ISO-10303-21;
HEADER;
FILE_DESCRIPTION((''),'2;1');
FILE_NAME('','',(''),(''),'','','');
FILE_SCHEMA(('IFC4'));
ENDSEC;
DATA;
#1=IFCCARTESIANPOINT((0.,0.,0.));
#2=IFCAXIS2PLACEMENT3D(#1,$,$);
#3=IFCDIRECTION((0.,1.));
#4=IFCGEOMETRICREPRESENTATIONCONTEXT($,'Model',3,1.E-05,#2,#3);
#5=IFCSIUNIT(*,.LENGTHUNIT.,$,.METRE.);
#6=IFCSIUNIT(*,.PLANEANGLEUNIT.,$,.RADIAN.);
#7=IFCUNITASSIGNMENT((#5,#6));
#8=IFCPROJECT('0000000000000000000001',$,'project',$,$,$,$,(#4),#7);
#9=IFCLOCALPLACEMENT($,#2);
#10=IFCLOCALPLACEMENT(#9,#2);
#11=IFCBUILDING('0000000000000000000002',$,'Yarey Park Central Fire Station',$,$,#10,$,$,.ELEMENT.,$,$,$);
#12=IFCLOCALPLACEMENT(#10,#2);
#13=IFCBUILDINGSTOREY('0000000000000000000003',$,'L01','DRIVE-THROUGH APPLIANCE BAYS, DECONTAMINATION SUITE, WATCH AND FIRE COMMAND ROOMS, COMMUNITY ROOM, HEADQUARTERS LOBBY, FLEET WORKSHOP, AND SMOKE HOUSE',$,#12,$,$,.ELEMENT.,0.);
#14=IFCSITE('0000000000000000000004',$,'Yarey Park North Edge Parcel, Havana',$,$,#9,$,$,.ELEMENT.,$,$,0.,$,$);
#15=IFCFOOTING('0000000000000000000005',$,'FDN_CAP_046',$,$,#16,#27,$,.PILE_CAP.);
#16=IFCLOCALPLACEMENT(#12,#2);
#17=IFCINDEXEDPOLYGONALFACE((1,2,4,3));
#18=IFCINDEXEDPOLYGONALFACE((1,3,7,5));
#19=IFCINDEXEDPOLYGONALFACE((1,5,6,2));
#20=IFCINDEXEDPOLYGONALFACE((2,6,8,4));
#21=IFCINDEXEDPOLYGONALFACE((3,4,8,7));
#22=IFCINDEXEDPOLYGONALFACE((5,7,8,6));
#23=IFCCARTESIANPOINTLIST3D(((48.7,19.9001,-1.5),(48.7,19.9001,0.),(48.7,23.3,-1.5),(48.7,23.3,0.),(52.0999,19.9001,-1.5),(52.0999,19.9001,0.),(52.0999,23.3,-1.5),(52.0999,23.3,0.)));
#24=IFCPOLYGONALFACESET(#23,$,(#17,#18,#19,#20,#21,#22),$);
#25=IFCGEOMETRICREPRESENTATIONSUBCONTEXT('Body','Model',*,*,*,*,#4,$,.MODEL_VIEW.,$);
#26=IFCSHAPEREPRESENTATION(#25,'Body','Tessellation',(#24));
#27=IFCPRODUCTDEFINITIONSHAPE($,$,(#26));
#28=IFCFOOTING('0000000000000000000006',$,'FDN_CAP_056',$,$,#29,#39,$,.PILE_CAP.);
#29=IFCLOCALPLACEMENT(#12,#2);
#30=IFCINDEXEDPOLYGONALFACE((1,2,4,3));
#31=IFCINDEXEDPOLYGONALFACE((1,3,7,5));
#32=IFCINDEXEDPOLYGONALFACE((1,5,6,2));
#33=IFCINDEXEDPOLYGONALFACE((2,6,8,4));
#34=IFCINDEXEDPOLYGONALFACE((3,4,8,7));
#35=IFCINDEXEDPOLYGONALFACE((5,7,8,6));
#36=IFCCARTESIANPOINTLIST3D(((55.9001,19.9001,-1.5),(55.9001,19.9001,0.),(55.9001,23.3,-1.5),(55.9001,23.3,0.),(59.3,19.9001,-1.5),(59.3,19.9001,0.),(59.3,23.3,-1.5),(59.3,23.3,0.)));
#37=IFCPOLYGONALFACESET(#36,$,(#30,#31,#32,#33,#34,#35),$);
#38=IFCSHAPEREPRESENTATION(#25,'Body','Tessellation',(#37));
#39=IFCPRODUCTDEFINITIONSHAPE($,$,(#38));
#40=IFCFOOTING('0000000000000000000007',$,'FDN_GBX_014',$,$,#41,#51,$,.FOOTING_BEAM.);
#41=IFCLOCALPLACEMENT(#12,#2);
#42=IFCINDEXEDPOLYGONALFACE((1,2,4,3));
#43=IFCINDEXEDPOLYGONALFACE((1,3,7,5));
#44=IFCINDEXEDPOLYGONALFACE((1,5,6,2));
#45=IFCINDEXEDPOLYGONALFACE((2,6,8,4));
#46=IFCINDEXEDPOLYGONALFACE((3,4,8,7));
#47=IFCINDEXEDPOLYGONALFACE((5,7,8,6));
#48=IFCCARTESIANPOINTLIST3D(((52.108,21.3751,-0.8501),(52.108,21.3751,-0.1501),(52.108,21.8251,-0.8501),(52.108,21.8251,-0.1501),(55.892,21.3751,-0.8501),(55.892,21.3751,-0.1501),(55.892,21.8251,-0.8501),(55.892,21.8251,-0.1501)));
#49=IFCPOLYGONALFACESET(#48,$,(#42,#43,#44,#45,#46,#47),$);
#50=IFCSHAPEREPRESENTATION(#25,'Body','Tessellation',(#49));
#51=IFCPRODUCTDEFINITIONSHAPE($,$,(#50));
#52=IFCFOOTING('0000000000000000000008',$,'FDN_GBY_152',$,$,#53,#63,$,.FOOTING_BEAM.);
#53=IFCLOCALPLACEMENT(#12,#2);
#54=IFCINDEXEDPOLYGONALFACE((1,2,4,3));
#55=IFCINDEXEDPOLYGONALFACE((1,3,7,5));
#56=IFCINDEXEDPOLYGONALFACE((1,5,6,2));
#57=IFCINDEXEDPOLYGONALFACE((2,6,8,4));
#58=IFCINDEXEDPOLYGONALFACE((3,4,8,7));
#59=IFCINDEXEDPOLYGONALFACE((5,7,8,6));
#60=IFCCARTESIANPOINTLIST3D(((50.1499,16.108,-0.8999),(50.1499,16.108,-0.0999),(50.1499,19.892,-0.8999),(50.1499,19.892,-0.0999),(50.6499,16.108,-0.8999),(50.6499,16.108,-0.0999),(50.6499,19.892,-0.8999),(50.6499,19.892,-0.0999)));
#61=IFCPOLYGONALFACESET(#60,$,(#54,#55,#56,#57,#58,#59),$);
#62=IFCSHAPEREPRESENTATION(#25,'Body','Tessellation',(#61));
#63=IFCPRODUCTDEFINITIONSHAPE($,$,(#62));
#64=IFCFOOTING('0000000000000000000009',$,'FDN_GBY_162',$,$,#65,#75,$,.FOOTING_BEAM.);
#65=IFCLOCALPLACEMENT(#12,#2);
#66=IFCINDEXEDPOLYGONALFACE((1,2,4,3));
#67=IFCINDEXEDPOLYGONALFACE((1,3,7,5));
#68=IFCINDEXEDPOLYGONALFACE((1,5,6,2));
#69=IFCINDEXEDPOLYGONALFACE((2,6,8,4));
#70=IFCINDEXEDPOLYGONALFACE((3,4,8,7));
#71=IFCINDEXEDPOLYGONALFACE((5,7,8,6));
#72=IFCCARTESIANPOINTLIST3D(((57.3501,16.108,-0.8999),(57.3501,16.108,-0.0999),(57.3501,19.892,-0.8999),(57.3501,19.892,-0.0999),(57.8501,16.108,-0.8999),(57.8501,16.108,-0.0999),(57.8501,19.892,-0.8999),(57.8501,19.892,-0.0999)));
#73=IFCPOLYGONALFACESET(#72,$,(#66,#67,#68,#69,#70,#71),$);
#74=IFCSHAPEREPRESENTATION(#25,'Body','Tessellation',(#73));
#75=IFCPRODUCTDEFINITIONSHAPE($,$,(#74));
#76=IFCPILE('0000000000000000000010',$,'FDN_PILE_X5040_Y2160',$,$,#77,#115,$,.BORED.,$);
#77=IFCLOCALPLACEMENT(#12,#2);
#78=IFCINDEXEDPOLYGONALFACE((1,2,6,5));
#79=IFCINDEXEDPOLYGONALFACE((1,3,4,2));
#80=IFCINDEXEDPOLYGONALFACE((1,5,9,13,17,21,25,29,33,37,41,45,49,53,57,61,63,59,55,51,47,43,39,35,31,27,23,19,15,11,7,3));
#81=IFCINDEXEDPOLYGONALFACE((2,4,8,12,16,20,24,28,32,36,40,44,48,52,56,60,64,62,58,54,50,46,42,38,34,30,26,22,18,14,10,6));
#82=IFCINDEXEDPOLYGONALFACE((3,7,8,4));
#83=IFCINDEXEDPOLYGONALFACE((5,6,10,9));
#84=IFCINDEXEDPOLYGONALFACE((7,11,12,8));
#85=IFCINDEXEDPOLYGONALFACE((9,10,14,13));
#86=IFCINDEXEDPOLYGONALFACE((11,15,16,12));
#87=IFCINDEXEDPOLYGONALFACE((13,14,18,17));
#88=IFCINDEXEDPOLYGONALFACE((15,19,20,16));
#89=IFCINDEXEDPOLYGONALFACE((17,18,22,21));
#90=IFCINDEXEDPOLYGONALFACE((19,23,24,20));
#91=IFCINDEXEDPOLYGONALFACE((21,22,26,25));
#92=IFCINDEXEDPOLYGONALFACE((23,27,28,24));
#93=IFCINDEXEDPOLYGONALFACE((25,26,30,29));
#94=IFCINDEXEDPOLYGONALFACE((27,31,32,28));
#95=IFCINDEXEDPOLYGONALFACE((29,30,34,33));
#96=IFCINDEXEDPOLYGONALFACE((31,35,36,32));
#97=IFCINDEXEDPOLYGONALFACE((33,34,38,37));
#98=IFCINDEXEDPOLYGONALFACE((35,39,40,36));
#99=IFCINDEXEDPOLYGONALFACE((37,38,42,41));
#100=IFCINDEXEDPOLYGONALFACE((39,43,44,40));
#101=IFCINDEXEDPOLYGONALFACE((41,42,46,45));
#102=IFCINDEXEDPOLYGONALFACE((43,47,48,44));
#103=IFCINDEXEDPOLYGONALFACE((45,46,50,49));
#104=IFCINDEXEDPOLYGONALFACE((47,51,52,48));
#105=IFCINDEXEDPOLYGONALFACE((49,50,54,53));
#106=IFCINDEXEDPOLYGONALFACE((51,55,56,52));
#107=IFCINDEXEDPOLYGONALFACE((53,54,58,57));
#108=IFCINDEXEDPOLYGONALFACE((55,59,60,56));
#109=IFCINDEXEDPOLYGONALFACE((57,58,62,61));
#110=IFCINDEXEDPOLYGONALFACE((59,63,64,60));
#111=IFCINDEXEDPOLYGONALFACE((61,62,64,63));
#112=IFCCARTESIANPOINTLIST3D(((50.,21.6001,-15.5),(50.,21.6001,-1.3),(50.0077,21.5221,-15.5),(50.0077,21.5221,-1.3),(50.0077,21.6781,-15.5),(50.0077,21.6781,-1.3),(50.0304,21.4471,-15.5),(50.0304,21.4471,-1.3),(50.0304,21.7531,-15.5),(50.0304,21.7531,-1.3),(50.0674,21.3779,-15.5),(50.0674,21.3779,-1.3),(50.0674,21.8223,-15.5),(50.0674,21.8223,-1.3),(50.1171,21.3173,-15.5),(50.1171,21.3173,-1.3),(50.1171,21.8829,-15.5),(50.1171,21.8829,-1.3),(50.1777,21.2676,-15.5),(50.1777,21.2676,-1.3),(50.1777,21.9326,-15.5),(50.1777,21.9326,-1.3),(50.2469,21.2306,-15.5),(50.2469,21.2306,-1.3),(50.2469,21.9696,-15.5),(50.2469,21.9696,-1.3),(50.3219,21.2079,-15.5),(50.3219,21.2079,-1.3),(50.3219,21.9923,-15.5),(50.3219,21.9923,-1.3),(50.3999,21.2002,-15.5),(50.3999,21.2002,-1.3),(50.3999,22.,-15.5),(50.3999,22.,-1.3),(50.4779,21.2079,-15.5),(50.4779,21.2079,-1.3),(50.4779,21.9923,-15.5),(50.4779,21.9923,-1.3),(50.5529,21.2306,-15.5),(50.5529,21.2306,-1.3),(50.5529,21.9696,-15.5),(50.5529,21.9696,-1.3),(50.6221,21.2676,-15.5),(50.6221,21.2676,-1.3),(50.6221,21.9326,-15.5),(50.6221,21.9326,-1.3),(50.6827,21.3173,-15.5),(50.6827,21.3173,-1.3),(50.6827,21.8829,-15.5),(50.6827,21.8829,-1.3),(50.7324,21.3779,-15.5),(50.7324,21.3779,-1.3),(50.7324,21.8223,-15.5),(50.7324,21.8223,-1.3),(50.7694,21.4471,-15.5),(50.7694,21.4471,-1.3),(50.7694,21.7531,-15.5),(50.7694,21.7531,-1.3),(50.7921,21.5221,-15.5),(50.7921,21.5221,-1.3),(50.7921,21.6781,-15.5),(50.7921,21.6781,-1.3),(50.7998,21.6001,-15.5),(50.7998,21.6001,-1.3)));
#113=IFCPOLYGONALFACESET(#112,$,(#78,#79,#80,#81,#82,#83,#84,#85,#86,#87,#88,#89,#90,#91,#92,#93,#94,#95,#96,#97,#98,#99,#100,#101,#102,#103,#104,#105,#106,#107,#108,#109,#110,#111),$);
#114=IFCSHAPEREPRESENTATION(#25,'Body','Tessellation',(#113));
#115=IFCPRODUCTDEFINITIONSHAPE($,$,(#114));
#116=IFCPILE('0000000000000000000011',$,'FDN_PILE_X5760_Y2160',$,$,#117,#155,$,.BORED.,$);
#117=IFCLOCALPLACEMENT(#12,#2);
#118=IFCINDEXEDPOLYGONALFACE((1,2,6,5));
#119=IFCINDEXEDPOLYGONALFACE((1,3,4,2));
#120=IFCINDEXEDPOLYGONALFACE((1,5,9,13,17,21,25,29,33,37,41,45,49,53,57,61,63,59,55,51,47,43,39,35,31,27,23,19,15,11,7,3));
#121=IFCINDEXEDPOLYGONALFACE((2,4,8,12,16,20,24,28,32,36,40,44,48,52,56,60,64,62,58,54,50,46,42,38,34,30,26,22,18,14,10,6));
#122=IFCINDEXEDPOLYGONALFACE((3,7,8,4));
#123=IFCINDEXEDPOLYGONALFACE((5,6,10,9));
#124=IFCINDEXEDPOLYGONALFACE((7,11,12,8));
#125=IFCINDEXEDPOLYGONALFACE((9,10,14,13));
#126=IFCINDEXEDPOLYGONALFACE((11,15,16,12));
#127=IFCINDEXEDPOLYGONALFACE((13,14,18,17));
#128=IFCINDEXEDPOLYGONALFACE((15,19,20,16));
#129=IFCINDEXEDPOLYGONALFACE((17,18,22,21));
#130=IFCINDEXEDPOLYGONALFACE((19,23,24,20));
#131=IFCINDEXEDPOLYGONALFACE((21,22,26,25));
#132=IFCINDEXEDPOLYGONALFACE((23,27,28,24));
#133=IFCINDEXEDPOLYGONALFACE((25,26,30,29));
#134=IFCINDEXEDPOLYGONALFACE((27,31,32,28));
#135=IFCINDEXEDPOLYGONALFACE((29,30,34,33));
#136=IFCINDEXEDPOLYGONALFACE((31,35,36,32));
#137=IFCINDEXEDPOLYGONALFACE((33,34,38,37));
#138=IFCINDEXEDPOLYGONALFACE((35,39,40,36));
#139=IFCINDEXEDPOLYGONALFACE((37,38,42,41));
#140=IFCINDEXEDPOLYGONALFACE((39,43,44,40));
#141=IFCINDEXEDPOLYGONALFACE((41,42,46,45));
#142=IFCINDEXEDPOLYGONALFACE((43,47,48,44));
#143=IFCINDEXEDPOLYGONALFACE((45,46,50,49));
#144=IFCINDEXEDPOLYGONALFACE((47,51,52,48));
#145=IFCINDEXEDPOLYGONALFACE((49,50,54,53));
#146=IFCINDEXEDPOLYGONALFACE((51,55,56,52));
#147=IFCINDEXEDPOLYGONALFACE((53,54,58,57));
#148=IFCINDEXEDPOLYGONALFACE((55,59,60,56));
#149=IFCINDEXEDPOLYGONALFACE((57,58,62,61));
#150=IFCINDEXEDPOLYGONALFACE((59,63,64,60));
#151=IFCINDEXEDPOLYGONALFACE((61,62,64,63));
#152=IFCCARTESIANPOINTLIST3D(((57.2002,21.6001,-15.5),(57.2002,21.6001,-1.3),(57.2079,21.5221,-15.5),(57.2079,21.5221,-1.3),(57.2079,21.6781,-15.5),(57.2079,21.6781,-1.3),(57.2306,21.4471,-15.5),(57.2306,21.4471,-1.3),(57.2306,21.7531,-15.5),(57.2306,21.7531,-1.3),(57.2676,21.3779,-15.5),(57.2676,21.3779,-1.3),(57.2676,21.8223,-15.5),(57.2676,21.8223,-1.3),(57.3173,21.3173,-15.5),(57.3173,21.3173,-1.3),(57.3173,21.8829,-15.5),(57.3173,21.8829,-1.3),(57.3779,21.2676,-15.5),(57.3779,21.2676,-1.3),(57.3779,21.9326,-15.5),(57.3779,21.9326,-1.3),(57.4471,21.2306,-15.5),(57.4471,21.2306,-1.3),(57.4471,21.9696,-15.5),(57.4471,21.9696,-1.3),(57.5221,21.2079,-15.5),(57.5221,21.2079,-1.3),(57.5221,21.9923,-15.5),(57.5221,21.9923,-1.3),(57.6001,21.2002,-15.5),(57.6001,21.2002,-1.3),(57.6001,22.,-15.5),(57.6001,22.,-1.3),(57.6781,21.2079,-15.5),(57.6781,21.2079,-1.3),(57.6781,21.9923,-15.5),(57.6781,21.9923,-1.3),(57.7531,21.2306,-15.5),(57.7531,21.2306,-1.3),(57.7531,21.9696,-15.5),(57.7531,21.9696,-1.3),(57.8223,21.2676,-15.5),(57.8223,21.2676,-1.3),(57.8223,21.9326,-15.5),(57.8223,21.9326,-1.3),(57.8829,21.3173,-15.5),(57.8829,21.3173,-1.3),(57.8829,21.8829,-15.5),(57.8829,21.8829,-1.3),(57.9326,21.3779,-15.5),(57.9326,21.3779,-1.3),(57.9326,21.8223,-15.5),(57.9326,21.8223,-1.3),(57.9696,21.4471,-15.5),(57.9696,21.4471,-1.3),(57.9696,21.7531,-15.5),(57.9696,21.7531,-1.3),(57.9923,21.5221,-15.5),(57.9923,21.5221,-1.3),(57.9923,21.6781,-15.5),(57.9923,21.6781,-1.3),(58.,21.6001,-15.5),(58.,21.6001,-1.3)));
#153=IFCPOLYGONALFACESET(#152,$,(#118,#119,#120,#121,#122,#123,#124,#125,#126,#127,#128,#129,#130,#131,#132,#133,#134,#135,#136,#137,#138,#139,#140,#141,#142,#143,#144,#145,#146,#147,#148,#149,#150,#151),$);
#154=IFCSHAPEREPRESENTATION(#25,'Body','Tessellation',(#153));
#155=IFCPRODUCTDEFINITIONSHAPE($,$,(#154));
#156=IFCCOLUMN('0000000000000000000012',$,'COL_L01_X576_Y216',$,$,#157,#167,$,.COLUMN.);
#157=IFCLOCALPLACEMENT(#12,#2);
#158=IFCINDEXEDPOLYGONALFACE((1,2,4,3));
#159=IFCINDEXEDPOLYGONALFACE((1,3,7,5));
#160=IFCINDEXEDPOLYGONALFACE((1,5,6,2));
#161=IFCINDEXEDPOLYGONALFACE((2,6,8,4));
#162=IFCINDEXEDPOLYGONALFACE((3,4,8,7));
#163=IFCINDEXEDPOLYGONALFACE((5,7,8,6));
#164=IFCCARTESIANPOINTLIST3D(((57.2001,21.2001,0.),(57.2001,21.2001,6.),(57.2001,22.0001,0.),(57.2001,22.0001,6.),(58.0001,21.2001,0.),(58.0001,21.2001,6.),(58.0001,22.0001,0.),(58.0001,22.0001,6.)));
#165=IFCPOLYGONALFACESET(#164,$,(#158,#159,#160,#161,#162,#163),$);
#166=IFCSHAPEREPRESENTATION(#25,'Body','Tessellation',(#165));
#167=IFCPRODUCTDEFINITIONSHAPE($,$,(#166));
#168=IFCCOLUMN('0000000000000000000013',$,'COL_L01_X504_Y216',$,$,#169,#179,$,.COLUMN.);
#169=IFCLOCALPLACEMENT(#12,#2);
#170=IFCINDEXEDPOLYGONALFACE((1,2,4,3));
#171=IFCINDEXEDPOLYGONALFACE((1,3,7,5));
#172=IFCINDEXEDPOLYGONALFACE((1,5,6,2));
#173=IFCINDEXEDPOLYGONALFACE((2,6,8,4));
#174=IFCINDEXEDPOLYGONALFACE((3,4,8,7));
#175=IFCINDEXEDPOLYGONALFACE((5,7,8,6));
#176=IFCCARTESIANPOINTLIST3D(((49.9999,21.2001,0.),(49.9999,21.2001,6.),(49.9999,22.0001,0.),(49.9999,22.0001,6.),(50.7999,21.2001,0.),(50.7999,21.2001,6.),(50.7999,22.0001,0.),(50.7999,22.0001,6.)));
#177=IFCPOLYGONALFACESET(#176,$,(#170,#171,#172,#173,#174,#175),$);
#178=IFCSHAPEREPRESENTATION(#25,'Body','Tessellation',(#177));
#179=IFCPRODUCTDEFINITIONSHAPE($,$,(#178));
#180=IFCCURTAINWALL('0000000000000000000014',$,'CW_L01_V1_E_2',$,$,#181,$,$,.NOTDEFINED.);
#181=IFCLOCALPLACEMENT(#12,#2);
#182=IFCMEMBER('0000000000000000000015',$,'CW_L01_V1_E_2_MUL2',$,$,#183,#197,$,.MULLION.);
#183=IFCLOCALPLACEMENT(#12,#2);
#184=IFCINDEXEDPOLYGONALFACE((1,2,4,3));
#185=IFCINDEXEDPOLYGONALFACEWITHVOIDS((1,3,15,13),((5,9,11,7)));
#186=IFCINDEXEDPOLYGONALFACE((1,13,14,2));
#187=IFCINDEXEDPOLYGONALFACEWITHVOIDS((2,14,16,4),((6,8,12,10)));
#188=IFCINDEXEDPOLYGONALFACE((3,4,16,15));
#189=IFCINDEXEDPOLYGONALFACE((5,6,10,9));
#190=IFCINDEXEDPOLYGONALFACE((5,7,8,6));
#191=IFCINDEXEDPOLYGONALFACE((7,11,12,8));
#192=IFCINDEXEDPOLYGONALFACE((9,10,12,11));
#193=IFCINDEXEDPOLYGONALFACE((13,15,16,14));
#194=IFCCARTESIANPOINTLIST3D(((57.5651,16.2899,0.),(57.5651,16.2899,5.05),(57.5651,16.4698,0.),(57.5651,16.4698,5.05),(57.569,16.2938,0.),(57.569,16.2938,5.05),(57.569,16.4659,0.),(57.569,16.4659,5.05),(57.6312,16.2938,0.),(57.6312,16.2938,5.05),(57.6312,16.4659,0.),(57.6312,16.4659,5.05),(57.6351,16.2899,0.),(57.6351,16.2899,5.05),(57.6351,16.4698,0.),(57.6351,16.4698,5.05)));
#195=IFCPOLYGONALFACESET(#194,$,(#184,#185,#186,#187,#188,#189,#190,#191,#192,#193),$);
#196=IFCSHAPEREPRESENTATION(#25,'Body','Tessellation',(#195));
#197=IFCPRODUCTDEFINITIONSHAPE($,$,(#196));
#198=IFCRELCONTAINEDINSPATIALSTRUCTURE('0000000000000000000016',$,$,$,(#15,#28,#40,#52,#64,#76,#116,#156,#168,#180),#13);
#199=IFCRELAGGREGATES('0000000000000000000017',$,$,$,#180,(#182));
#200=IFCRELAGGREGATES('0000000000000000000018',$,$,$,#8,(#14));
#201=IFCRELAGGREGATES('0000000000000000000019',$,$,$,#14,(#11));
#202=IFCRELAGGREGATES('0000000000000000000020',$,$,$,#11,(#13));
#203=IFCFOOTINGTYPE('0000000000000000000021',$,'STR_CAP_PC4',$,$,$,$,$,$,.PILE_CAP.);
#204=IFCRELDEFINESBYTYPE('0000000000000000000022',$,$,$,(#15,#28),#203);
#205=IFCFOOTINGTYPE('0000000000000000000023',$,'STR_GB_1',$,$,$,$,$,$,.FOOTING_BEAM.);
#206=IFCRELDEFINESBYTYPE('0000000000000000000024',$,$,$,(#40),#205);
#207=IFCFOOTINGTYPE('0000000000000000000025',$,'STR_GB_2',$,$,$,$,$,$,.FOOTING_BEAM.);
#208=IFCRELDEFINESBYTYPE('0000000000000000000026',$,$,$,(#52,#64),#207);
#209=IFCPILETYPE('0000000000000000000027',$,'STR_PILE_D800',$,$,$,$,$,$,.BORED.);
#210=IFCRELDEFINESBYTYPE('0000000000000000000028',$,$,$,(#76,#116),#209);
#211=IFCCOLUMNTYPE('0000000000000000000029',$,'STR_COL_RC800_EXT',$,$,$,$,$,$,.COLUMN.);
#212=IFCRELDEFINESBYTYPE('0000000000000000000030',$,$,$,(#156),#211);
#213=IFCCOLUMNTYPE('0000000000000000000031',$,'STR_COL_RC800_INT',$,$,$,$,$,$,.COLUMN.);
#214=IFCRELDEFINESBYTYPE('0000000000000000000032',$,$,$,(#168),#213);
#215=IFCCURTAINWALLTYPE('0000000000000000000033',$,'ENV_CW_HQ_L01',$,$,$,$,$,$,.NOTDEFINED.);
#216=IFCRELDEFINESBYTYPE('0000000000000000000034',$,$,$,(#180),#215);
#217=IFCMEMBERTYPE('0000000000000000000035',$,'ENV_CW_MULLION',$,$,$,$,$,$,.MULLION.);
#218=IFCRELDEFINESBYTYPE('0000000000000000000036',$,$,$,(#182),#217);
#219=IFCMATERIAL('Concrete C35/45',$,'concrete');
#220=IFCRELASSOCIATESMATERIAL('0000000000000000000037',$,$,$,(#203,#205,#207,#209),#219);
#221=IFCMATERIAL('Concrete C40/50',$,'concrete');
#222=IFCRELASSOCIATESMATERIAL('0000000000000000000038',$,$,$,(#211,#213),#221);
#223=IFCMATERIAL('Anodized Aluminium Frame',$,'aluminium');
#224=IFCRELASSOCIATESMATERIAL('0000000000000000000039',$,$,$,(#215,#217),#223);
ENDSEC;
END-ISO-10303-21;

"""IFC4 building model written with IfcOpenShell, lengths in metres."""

from ifc_helpers import new_model, si_unit, direction, frame, origin, origin_2d, place, context, subcontext, project, spatial, rectangle, hollow_rectangle, circle, extrude, material, material_profile, profile_set, type_object, element, aggregate, save


model = new_model("IFC4")

# Units and contexts
model_context = context("Model", 3, precision=1e-05, world=origin(), true_north=direction((0.0, 1.0)))
body_context = subcontext(model_context, "Body", "Model", "MODEL_VIEW")
ifc_project = project(units=[si_unit("LENGTHUNIT", "METRE"), si_unit("PLANEANGLEUNIT", "RADIAN")], contexts=[model_context])

# Site, building, storey
site_placement = place(None, origin())
site = spatial("IfcSite", under=ifc_project, at=site_placement, Name="Yarey Park North Edge Parcel, Havana", CompositionType="ELEMENT", RefElevation=0.0)
building_placement = place(site_placement, origin())
building = spatial("IfcBuilding", under=site, at=building_placement, Name="Yarey Park Central Fire Station", CompositionType="ELEMENT")
storey_placement = place(building_placement, origin())
storey = spatial("IfcBuildingStorey", under=building, at=storey_placement, Name="L01", Description="DRIVE-THROUGH APPLIANCE BAYS, DECONTAMINATION SUITE, WATCH AND FIRE COMMAND ROOMS, COMMUNITY ROOM, HEADQUARTERS LOBBY, FLEET WORKSHOP, AND SMOKE HOUSE", CompositionType="ELEMENT", Elevation=0.0)

# Footings
ifc_material_1 = material(Name="Concrete C35/45", Category="concrete")
footing_type_1 = type_object("IfcFootingType", Name="STR_CAP_PC4", PredefinedType="PILE_CAP", material=ifc_material_1)
for number, where, z_axis, x_axis, name in (
    (1, (50.3999, 21.6001, -1.5), (0.0, 0.0, 1.0), (1.0, 0.0, 0.0), "FDN_CAP_046"),
    (2, (57.6001, 21.6001, -1.5), (0.0, 0.0, 1.0), (1.0, 0.0, 0.0), "FDN_CAP_056"),
):
    element("IfcFooting", number, at=place(storey_placement, frame(where, z_axis=z_axis, x_axis=x_axis)), inside=storey, type_object=footing_type_1, Name=name, PredefinedType="PILE_CAP", context=body_context, shape_type="SweptSolid", body=[
        extrude(rectangle(XDim=3.3999, YDim=3.3999, at=origin_2d()), origin(), (0.0, 0.0, 1.0), 1.5),
    ])
footing_type_2 = type_object("IfcFootingType", Name="STR_GB_1", PredefinedType="FOOTING_BEAM", material=ifc_material_1)
footing_placement = place(storey_placement, frame((54.0, 21.6001, -0.8501), z_axis=(0.0, 0.0, 1.0), x_axis=(1.0, 0.0, 0.0)))
element("IfcFooting", 3, at=footing_placement, inside=storey, type_object=footing_type_2, Name="FDN_GBX_014", PredefinedType="FOOTING_BEAM", context=body_context, shape_type="SweptSolid", body=[
    extrude(rectangle(XDim=3.7839, YDim=0.45, at=origin_2d()), origin(), (0.0, 0.0, 1.0), 0.7),
])
footing_type_3 = type_object("IfcFootingType", Name="STR_GB_2", PredefinedType="FOOTING_BEAM", material=ifc_material_1)
for number, where, z_axis, x_axis, name in (
    (4, (50.3999, 18.0, -0.8999), (0.0, 0.0, 1.0), (1.0, 0.0, 0.0), "FDN_GBY_152"),
    (5, (57.6001, 18.0, -0.8999), (0.0, 0.0, 1.0), (1.0, 0.0, 0.0), "FDN_GBY_162"),
):
    element("IfcFooting", number, at=place(storey_placement, frame(where, z_axis=z_axis, x_axis=x_axis)), inside=storey, type_object=footing_type_3, Name=name, PredefinedType="FOOTING_BEAM", context=body_context, shape_type="SweptSolid", body=[
        extrude(rectangle(XDim=0.5, YDim=3.7839, at=origin_2d()), origin(), (0.0, 0.0, 1.0), 0.8),
    ])

# Piles
ifc_material_profile_1 = material_profile(ifc_material_1, circle(Radius=0.3999, at=origin_2d()), Name="BORED PILE D800")
ifc_profile_set_1 = profile_set([ifc_material_profile_1], Name="Concrete C35/45")
pile_type = type_object("IfcPileType", Name="STR_PILE_D800", PredefinedType="BORED", material=ifc_profile_set_1)
for number, where, z_axis, x_axis, name in (
    (6, (50.3999, 21.6001, -1.3), (0.0, 0.0, -1.0), (1.0, 0.0, 0.0), "FDN_PILE_X5040_Y2160"),
    (7, (57.6001, 21.6001, -1.3), (0.0, 0.0, -1.0), (1.0, 0.0, 0.0), "FDN_PILE_X5760_Y2160"),
):
    element("IfcPile", number, at=place(storey_placement, frame(where, z_axis=z_axis, x_axis=x_axis)), inside=storey, type_object=pile_type, Name=name, PredefinedType="BORED", context=body_context, shape_type="SweptSolid", body=[
        extrude(circle(Radius=0.3999, at=origin_2d()), origin(), (0.0, 0.0, 1.0), 14.2),
    ])

# Columns
ifc_material_2 = material(Name="Concrete C40/50", Category="concrete")
ifc_material_profile_2 = material_profile(ifc_material_2, rectangle(XDim=0.8, YDim=0.8, at=origin_2d()), Name="RC 800x800")
ifc_profile_set_2 = profile_set([ifc_material_profile_2], Name="Concrete C40/50")
column_type_1 = type_object("IfcColumnType", Name="STR_COL_RC800_EXT", PredefinedType="COLUMN", material=ifc_profile_set_2)
column_1_placement = place(storey_placement, frame((57.6001, 21.6001, 0.0), z_axis=(0.0, 0.0, 1.0), x_axis=(1.0, 0.0, 0.0)))
element("IfcColumn", 8, at=column_1_placement, inside=storey, type_object=column_type_1, Name="COL_L01_X576_Y216", PredefinedType="COLUMN", context=body_context, shape_type="SweptSolid", body=[
    extrude(rectangle(XDim=0.8, YDim=0.8, at=origin_2d()), origin(), (0.0, 0.0, 1.0), 6.0),
])
ifc_material_profile_3 = material_profile(ifc_material_2, rectangle(XDim=0.8, YDim=0.8, at=origin_2d()), Name="RC 800x800")
ifc_profile_set_3 = profile_set([ifc_material_profile_3], Name="Concrete C40/50")
column_type_2 = type_object("IfcColumnType", Name="STR_COL_RC800_INT", PredefinedType="COLUMN", material=ifc_profile_set_3)
column_2_placement = place(storey_placement, frame((50.3999, 21.6001, 0.0), z_axis=(0.0, 0.0, 1.0), x_axis=(1.0, 0.0, 0.0)))
element("IfcColumn", 9, at=column_2_placement, inside=storey, type_object=column_type_2, Name="COL_L01_X504_Y216", PredefinedType="COLUMN", context=body_context, shape_type="SweptSolid", body=[
    extrude(rectangle(XDim=0.8, YDim=0.8, at=origin_2d()), origin(), (0.0, 0.0, 1.0), 6.0),
])

# Curtain wall, member
ifc_material_3 = material(Name="Anodized Aluminium Frame", Category="aluminium")
curtain_wall_type = type_object("IfcCurtainWallType", Name="ENV_CW_HQ_L01", PredefinedType="NOTDEFINED", material=ifc_material_3)
curtain_wall_1_placement = place(storey_placement, origin())
curtain_wall_1 = element("IfcCurtainWall", 10, at=curtain_wall_1_placement, inside=storey, type_object=curtain_wall_type, Name="CW_L01_V1_E_2", PredefinedType="NOTDEFINED")
ifc_material_profile_4 = material_profile(ifc_material_3, hollow_rectangle(XDim=0.0701, YDim=0.1799, WallThickness=0.0039, at=origin_2d()), Name="ALU 180x70x4")
ifc_profile_set_4 = profile_set([ifc_material_profile_4], Name="Anodized Aluminium Frame")
member_type_1 = type_object("IfcMemberType", Name="ENV_CW_MULLION", PredefinedType="MULLION", material=ifc_profile_set_4)
member_1_placement = place(storey_placement, frame((57.6001, 16.3799, 0.0), z_axis=(0.0, 0.0, 1.0), x_axis=(1.0, 0.0, 0.0)))
member_1 = element("IfcMember", 11, at=member_1_placement, type_object=member_type_1, Name="CW_L01_V1_E_2_MUL2", PredefinedType="MULLION", context=body_context, shape_type="SweptSolid", body=[
    extrude(hollow_rectangle(XDim=0.0701, YDim=0.1799, WallThickness=0.0039, at=origin_2d()), origin(), (0.0, 0.0, 1.0), 5.05),
])

aggregate(curtain_wall_1, [member_1])

save(model, "model.ifc")
